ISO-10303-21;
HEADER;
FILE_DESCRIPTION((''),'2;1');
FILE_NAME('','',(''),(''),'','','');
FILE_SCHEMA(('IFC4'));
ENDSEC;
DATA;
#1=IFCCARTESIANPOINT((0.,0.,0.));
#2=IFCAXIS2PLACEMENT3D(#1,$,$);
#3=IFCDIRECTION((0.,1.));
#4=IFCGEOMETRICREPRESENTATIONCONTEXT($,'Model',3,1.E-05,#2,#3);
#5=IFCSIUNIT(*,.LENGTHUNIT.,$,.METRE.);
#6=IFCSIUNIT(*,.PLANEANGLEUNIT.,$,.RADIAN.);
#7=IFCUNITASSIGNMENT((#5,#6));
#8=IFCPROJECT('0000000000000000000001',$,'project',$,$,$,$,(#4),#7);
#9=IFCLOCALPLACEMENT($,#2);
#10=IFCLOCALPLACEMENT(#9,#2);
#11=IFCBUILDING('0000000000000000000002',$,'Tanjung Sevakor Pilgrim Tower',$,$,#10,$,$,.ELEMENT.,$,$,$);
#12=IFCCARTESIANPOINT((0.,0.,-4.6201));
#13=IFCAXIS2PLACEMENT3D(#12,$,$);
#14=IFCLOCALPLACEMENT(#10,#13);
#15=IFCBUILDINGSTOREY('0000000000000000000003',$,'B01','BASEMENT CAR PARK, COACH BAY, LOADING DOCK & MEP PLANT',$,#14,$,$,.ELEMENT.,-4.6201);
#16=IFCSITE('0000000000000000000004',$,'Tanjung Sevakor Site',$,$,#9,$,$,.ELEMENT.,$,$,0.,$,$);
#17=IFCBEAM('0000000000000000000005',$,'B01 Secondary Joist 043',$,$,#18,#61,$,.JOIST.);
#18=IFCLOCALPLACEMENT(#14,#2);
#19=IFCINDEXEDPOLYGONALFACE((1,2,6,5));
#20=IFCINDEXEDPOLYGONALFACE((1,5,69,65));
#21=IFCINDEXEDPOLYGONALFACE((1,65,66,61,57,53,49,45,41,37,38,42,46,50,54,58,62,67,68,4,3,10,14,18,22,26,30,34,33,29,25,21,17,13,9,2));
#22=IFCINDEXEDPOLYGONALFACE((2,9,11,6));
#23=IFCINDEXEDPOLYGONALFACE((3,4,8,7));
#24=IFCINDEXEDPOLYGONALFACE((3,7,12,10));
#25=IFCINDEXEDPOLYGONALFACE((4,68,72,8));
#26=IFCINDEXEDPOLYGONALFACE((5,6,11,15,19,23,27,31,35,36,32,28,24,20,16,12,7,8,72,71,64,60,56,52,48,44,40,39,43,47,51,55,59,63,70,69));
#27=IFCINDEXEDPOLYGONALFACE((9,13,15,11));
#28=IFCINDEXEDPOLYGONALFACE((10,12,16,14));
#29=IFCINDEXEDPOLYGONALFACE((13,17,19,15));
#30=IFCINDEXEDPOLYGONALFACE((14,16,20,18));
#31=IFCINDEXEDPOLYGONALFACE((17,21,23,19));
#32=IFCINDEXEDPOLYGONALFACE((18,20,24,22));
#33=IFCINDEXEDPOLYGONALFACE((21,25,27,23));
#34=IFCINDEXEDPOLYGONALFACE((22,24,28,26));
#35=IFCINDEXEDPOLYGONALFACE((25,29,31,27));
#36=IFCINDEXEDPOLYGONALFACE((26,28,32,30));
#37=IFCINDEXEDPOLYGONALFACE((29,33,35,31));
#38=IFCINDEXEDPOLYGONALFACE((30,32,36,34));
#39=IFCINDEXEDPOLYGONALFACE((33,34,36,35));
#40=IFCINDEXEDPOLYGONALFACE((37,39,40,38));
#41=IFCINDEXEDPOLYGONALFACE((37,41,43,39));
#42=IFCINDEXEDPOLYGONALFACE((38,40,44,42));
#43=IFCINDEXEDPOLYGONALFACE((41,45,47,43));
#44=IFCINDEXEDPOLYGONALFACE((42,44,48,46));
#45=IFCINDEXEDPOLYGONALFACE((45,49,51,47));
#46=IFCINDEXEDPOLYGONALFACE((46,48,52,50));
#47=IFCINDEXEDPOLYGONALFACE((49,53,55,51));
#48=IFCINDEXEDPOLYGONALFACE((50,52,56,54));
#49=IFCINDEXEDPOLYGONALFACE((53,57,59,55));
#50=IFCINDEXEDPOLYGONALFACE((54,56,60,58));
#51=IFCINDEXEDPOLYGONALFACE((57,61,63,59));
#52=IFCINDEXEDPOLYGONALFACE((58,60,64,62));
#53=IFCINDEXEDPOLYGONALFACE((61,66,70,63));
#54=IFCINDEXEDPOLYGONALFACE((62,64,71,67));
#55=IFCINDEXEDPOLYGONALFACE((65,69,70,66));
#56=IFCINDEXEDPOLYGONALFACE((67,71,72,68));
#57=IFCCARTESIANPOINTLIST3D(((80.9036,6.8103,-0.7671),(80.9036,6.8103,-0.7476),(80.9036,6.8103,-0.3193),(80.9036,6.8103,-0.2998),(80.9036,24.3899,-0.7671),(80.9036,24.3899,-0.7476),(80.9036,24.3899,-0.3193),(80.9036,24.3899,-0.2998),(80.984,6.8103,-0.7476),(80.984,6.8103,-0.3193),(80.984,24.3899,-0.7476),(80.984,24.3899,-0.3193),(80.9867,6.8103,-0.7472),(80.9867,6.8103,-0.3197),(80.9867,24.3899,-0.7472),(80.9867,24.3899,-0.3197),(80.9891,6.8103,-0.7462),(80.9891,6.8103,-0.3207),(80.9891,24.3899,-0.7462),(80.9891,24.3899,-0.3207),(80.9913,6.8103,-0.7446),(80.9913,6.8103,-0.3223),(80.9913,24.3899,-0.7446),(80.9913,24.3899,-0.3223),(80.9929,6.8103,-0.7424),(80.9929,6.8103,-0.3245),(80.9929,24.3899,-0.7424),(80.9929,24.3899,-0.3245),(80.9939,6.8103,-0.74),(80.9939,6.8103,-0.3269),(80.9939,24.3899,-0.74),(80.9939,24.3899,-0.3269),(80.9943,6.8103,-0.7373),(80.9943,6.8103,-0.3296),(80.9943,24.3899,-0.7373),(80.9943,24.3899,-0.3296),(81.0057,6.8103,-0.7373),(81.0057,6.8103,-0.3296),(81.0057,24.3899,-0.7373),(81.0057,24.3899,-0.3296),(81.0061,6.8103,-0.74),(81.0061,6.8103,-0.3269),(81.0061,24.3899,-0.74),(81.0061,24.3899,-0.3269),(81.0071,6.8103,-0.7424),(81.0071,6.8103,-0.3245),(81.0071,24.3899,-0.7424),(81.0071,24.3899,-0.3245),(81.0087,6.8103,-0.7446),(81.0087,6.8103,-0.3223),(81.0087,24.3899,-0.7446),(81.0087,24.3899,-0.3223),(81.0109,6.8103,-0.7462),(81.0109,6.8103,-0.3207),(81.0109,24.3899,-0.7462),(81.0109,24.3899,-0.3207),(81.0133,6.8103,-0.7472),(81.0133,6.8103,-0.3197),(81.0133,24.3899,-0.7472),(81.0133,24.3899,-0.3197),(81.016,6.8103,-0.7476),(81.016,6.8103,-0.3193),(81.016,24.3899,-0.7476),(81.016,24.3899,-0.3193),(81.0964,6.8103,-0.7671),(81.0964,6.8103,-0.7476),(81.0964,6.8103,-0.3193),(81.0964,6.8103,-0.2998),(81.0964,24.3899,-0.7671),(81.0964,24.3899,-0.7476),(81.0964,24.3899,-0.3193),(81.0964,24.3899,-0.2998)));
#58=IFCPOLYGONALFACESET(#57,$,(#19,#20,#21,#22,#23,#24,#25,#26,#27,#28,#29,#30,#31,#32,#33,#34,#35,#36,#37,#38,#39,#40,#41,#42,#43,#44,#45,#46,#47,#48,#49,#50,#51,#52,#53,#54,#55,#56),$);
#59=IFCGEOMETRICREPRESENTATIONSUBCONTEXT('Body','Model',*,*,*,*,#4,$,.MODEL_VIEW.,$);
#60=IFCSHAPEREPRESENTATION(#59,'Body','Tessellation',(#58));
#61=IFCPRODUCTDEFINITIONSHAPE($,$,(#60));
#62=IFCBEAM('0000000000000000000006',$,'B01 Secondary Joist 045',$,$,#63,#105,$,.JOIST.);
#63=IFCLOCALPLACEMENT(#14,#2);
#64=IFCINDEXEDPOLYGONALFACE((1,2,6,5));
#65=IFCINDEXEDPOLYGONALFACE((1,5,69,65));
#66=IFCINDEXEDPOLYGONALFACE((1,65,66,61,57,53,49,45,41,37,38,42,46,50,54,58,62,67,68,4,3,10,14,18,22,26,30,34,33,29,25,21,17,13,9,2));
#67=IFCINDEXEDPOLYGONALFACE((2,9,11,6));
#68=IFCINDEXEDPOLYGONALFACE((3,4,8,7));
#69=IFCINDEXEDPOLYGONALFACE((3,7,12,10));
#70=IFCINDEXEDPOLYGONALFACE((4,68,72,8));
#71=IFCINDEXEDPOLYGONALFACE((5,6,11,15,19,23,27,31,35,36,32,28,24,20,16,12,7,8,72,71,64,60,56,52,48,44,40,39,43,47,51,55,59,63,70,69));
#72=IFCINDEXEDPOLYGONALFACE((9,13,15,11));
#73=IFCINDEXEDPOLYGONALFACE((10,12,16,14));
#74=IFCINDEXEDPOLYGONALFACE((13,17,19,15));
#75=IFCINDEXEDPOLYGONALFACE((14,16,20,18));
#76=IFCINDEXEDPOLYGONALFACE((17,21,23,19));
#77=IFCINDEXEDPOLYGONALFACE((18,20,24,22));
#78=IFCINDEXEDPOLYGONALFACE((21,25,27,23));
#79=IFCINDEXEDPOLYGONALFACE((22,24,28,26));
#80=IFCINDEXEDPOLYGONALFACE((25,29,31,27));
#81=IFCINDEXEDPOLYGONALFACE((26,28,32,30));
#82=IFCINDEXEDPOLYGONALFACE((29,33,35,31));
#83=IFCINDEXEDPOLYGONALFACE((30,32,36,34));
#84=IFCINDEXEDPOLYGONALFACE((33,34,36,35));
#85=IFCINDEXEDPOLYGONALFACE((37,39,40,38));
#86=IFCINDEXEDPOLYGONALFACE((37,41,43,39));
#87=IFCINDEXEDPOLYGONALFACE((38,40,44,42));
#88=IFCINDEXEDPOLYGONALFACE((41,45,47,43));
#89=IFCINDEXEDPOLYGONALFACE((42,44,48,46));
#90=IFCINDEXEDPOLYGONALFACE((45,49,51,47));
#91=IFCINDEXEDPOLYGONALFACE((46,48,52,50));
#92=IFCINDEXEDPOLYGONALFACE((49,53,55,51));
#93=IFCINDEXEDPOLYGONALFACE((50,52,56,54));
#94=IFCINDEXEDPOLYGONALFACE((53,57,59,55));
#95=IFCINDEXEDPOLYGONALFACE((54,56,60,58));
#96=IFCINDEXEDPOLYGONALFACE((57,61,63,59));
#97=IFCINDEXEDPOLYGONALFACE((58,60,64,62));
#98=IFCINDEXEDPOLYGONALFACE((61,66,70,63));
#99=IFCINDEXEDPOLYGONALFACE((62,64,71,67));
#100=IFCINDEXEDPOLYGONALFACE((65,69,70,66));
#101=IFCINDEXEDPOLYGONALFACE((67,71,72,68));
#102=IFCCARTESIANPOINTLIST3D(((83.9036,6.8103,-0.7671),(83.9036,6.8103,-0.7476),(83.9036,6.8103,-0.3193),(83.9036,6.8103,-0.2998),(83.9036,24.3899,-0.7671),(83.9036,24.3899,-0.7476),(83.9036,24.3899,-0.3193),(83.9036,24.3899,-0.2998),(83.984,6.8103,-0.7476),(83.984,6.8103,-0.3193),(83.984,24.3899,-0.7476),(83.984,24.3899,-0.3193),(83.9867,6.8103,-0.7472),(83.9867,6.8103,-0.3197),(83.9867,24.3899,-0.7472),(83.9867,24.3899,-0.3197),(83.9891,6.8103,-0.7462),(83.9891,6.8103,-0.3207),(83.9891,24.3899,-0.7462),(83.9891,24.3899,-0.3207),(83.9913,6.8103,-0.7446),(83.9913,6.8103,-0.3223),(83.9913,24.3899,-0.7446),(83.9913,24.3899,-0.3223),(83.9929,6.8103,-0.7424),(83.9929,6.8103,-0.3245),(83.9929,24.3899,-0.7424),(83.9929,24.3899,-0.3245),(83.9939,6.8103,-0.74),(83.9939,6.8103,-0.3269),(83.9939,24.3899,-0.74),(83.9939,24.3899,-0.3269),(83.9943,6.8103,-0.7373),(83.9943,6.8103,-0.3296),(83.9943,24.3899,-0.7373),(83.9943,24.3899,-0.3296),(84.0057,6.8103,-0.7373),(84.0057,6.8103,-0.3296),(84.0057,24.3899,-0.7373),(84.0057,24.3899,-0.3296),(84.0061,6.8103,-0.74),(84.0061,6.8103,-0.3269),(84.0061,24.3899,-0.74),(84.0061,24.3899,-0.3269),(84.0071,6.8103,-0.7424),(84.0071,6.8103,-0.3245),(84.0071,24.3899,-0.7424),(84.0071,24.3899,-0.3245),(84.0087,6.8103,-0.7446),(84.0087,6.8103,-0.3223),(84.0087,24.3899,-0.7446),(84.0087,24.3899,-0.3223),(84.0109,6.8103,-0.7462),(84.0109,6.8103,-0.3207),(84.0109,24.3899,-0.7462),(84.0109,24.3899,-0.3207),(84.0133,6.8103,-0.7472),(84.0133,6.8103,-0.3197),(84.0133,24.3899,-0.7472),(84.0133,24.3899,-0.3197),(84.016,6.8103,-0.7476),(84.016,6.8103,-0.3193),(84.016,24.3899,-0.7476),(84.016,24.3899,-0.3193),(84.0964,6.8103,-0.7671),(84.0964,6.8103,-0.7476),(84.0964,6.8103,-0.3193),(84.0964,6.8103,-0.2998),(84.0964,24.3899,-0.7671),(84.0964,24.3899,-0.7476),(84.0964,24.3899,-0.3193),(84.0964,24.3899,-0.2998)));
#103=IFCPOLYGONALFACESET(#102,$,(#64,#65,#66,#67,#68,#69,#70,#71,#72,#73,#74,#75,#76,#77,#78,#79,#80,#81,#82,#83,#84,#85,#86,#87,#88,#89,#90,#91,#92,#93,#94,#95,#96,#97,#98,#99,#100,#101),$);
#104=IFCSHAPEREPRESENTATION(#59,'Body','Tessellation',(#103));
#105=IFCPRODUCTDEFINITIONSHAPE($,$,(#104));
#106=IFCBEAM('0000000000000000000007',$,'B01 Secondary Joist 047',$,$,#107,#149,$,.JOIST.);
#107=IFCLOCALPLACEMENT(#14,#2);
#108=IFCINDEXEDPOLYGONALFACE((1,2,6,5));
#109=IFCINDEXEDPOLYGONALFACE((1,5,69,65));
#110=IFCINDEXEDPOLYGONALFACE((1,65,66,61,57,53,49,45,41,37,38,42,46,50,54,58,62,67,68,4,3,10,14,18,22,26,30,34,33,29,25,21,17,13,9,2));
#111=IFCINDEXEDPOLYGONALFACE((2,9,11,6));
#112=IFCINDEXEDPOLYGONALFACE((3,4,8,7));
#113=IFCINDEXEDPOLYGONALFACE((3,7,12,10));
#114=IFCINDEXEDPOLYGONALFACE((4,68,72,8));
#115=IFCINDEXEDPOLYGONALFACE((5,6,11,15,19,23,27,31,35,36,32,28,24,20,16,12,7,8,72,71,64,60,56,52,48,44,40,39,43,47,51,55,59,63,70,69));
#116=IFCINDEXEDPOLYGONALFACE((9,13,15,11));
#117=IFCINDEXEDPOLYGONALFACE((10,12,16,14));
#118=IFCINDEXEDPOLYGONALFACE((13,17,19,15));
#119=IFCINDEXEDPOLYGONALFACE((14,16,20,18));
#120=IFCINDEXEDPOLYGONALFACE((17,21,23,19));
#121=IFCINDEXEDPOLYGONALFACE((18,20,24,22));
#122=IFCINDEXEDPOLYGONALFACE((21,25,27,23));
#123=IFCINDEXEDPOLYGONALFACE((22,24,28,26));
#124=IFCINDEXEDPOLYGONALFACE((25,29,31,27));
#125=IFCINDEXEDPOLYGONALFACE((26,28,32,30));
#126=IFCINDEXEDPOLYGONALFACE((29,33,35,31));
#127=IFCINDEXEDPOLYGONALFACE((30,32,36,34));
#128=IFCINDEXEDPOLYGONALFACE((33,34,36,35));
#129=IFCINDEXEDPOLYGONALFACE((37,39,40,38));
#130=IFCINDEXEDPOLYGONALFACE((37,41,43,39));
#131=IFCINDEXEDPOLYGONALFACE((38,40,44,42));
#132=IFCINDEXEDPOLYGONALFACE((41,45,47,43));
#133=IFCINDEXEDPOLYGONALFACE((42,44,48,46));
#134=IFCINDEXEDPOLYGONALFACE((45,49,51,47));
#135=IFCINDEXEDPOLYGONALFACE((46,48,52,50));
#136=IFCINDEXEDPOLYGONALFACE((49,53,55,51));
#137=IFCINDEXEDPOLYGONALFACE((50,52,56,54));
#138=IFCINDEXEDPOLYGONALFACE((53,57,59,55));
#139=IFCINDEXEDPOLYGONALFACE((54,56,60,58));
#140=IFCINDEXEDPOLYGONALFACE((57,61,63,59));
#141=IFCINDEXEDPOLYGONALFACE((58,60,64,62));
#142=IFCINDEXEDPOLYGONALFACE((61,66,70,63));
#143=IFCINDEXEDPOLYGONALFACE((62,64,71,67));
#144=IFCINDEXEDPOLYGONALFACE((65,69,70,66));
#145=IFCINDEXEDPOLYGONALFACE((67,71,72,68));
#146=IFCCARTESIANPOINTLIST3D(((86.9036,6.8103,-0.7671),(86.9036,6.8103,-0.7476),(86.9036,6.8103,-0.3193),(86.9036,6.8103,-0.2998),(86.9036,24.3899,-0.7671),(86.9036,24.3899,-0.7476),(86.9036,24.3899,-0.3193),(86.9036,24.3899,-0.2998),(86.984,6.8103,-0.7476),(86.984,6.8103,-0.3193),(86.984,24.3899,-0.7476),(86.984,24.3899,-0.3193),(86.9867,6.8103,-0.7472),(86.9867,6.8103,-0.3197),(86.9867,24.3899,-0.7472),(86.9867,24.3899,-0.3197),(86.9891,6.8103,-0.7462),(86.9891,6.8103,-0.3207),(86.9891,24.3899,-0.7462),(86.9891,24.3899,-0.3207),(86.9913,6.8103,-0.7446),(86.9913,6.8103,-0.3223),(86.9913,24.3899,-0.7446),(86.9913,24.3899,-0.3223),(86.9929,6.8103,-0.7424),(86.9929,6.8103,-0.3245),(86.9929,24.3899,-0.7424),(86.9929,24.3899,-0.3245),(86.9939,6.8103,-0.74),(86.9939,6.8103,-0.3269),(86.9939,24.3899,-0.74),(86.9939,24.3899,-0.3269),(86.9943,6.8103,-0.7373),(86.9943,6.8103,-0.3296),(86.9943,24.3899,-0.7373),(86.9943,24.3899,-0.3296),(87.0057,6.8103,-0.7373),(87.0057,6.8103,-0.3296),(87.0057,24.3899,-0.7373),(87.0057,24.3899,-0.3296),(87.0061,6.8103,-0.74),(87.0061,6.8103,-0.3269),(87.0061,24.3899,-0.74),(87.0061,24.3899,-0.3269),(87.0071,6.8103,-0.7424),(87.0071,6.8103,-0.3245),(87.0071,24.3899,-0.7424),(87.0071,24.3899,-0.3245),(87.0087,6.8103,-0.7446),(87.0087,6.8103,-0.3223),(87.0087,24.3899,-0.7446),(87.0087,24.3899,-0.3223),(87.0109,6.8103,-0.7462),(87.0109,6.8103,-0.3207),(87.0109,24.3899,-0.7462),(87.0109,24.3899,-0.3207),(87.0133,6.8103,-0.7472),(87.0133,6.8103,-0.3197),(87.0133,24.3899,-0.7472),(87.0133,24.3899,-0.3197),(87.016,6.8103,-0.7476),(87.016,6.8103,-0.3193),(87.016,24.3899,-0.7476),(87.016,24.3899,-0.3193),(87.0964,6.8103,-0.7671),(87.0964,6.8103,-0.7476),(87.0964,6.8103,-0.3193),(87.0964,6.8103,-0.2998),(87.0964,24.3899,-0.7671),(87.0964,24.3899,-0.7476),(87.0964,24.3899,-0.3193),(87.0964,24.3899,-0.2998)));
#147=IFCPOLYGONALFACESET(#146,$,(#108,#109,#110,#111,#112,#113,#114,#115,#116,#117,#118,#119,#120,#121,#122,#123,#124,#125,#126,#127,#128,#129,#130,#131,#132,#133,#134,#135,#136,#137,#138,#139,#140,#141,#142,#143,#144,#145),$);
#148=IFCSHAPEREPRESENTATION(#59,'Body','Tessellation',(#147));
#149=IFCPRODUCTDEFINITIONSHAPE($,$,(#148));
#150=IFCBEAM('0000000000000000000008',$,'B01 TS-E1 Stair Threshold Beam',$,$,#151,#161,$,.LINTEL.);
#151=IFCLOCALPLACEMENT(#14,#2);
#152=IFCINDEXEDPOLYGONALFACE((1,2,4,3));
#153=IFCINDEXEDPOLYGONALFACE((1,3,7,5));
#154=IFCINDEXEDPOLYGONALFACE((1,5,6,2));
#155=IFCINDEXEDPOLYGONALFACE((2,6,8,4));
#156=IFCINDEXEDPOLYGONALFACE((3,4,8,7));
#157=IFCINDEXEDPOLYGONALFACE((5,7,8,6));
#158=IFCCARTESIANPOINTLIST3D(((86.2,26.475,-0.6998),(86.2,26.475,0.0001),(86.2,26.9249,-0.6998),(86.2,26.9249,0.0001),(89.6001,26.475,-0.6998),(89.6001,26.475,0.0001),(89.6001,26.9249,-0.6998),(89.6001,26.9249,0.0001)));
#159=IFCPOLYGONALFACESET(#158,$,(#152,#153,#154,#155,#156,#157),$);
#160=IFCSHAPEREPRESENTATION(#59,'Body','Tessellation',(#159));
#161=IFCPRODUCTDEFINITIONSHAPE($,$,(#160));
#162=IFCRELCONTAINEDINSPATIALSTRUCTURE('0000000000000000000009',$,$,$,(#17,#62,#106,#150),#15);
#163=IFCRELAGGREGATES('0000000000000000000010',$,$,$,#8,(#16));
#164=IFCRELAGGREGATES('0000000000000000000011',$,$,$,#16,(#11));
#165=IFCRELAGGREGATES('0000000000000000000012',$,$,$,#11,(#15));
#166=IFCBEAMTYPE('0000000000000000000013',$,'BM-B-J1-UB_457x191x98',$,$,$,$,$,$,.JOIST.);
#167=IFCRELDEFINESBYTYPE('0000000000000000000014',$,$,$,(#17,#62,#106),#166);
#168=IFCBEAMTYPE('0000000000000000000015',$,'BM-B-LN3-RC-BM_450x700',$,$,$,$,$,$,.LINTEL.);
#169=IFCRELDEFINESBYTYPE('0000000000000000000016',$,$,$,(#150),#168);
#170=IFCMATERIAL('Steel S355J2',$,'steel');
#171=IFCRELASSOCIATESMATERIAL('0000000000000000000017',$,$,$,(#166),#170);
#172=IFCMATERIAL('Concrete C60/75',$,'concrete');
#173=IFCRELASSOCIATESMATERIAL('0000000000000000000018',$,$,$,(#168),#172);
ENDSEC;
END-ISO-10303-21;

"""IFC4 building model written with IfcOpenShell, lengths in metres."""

from ifc_helpers import new_model, si_unit, direction, frame, origin, origin_2d, place, context, subcontext, project, spatial, rectangle, i_section, extrude, material, material_profile, profile_set, type_object, element, save


model = new_model("IFC4")

# Units and contexts
model_context = context("Model", 3, precision=1e-05, world=origin(), true_north=direction((0.0, 1.0)))
body_context = subcontext(model_context, "Body", "Model", "MODEL_VIEW")
ifc_project = project(units=[si_unit("LENGTHUNIT", "METRE"), si_unit("PLANEANGLEUNIT", "RADIAN")], contexts=[model_context])

# Site, building, storey
site_placement = place(None, origin())
site = spatial("IfcSite", under=ifc_project, at=site_placement, Name="Tanjung Sevakor Site", CompositionType="ELEMENT", RefElevation=0.0)
building_placement = place(site_placement, origin())
building = spatial("IfcBuilding", under=site, at=building_placement, Name="Tanjung Sevakor Pilgrim Tower", CompositionType="ELEMENT")
storey_placement = place(building_placement, frame((0.0, 0.0, -4.6201)))
storey = spatial("IfcBuildingStorey", under=building, at=storey_placement, Name="B01", Description="BASEMENT CAR PARK, COACH BAY, LOADING DOCK & MEP PLANT", CompositionType="ELEMENT", Elevation=-4.6201)

# Beams
ifc_material_1 = material(Name="Steel S355J2", Category="steel")
ifc_material_profile_1 = material_profile(ifc_material_1, i_section(OverallWidth=0.1929, OverallDepth=0.4673, WebThickness=0.0115, FlangeThickness=0.0195, FilletRadius=0.0103, at=origin_2d()))
ifc_profile_set_1 = profile_set([ifc_material_profile_1], Name="Steel S355J2")
beam_type_1 = type_object("IfcBeamType", Name="BM-B-J1-UB_457x191x98", PredefinedType="JOIST", material=ifc_profile_set_1)
for number, where, z_axis, x_axis, name in (
    (1, (81.0, 6.8103, -0.5334), (0.0, 1.0, 0.0), (-1.0, 0.0, 0.0), "B01 Secondary Joist 043"),
    (2, (84.0, 6.8103, -0.5334), (0.0, 1.0, 0.0), (-1.0, 0.0, 0.0), "B01 Secondary Joist 045"),
    (3, (87.0, 6.8103, -0.5334), (0.0, 1.0, 0.0), (-1.0, 0.0, 0.0), "B01 Secondary Joist 047"),
):
    element("IfcBeam", number, at=place(storey_placement, frame(where, z_axis=z_axis, x_axis=x_axis)), inside=storey, type_object=beam_type_1, Name=name, PredefinedType="JOIST", context=body_context, shape_type="SweptSolid", body=[
        extrude(i_section(OverallWidth=0.1929, OverallDepth=0.4673, WebThickness=0.0115, FlangeThickness=0.0195, FilletRadius=0.0103, at=origin_2d()), origin(), (0.0, 0.0, 1.0), 17.5796),
    ])
ifc_material_2 = material(Name="Concrete C60/75", Category="concrete")
ifc_material_profile_2 = material_profile(ifc_material_2, rectangle(XDim=0.45, YDim=0.7, at=origin_2d()))
ifc_profile_set_2 = profile_set([ifc_material_profile_2], Name="Concrete C60/75")
beam_type_2 = type_object("IfcBeamType", Name="BM-B-LN3-RC-BM_450x700", PredefinedType="LINTEL", material=ifc_profile_set_2)
beam_1_placement = place(storey_placement, frame((86.2, 26.7, -0.3499), z_axis=(1.0, 0.0, 0.0), x_axis=(0.0, 1.0, 0.0)))
element("IfcBeam", 4, at=beam_1_placement, inside=storey, type_object=beam_type_2, Name="B01 TS-E1 Stair Threshold Beam", PredefinedType="LINTEL", context=body_context, shape_type="SweptSolid", body=[
    extrude(rectangle(XDim=0.45, YDim=0.7, at=origin_2d()), origin(), (0.0, 0.0, 1.0), 3.4001),
])

save(model, "model.ifc")
